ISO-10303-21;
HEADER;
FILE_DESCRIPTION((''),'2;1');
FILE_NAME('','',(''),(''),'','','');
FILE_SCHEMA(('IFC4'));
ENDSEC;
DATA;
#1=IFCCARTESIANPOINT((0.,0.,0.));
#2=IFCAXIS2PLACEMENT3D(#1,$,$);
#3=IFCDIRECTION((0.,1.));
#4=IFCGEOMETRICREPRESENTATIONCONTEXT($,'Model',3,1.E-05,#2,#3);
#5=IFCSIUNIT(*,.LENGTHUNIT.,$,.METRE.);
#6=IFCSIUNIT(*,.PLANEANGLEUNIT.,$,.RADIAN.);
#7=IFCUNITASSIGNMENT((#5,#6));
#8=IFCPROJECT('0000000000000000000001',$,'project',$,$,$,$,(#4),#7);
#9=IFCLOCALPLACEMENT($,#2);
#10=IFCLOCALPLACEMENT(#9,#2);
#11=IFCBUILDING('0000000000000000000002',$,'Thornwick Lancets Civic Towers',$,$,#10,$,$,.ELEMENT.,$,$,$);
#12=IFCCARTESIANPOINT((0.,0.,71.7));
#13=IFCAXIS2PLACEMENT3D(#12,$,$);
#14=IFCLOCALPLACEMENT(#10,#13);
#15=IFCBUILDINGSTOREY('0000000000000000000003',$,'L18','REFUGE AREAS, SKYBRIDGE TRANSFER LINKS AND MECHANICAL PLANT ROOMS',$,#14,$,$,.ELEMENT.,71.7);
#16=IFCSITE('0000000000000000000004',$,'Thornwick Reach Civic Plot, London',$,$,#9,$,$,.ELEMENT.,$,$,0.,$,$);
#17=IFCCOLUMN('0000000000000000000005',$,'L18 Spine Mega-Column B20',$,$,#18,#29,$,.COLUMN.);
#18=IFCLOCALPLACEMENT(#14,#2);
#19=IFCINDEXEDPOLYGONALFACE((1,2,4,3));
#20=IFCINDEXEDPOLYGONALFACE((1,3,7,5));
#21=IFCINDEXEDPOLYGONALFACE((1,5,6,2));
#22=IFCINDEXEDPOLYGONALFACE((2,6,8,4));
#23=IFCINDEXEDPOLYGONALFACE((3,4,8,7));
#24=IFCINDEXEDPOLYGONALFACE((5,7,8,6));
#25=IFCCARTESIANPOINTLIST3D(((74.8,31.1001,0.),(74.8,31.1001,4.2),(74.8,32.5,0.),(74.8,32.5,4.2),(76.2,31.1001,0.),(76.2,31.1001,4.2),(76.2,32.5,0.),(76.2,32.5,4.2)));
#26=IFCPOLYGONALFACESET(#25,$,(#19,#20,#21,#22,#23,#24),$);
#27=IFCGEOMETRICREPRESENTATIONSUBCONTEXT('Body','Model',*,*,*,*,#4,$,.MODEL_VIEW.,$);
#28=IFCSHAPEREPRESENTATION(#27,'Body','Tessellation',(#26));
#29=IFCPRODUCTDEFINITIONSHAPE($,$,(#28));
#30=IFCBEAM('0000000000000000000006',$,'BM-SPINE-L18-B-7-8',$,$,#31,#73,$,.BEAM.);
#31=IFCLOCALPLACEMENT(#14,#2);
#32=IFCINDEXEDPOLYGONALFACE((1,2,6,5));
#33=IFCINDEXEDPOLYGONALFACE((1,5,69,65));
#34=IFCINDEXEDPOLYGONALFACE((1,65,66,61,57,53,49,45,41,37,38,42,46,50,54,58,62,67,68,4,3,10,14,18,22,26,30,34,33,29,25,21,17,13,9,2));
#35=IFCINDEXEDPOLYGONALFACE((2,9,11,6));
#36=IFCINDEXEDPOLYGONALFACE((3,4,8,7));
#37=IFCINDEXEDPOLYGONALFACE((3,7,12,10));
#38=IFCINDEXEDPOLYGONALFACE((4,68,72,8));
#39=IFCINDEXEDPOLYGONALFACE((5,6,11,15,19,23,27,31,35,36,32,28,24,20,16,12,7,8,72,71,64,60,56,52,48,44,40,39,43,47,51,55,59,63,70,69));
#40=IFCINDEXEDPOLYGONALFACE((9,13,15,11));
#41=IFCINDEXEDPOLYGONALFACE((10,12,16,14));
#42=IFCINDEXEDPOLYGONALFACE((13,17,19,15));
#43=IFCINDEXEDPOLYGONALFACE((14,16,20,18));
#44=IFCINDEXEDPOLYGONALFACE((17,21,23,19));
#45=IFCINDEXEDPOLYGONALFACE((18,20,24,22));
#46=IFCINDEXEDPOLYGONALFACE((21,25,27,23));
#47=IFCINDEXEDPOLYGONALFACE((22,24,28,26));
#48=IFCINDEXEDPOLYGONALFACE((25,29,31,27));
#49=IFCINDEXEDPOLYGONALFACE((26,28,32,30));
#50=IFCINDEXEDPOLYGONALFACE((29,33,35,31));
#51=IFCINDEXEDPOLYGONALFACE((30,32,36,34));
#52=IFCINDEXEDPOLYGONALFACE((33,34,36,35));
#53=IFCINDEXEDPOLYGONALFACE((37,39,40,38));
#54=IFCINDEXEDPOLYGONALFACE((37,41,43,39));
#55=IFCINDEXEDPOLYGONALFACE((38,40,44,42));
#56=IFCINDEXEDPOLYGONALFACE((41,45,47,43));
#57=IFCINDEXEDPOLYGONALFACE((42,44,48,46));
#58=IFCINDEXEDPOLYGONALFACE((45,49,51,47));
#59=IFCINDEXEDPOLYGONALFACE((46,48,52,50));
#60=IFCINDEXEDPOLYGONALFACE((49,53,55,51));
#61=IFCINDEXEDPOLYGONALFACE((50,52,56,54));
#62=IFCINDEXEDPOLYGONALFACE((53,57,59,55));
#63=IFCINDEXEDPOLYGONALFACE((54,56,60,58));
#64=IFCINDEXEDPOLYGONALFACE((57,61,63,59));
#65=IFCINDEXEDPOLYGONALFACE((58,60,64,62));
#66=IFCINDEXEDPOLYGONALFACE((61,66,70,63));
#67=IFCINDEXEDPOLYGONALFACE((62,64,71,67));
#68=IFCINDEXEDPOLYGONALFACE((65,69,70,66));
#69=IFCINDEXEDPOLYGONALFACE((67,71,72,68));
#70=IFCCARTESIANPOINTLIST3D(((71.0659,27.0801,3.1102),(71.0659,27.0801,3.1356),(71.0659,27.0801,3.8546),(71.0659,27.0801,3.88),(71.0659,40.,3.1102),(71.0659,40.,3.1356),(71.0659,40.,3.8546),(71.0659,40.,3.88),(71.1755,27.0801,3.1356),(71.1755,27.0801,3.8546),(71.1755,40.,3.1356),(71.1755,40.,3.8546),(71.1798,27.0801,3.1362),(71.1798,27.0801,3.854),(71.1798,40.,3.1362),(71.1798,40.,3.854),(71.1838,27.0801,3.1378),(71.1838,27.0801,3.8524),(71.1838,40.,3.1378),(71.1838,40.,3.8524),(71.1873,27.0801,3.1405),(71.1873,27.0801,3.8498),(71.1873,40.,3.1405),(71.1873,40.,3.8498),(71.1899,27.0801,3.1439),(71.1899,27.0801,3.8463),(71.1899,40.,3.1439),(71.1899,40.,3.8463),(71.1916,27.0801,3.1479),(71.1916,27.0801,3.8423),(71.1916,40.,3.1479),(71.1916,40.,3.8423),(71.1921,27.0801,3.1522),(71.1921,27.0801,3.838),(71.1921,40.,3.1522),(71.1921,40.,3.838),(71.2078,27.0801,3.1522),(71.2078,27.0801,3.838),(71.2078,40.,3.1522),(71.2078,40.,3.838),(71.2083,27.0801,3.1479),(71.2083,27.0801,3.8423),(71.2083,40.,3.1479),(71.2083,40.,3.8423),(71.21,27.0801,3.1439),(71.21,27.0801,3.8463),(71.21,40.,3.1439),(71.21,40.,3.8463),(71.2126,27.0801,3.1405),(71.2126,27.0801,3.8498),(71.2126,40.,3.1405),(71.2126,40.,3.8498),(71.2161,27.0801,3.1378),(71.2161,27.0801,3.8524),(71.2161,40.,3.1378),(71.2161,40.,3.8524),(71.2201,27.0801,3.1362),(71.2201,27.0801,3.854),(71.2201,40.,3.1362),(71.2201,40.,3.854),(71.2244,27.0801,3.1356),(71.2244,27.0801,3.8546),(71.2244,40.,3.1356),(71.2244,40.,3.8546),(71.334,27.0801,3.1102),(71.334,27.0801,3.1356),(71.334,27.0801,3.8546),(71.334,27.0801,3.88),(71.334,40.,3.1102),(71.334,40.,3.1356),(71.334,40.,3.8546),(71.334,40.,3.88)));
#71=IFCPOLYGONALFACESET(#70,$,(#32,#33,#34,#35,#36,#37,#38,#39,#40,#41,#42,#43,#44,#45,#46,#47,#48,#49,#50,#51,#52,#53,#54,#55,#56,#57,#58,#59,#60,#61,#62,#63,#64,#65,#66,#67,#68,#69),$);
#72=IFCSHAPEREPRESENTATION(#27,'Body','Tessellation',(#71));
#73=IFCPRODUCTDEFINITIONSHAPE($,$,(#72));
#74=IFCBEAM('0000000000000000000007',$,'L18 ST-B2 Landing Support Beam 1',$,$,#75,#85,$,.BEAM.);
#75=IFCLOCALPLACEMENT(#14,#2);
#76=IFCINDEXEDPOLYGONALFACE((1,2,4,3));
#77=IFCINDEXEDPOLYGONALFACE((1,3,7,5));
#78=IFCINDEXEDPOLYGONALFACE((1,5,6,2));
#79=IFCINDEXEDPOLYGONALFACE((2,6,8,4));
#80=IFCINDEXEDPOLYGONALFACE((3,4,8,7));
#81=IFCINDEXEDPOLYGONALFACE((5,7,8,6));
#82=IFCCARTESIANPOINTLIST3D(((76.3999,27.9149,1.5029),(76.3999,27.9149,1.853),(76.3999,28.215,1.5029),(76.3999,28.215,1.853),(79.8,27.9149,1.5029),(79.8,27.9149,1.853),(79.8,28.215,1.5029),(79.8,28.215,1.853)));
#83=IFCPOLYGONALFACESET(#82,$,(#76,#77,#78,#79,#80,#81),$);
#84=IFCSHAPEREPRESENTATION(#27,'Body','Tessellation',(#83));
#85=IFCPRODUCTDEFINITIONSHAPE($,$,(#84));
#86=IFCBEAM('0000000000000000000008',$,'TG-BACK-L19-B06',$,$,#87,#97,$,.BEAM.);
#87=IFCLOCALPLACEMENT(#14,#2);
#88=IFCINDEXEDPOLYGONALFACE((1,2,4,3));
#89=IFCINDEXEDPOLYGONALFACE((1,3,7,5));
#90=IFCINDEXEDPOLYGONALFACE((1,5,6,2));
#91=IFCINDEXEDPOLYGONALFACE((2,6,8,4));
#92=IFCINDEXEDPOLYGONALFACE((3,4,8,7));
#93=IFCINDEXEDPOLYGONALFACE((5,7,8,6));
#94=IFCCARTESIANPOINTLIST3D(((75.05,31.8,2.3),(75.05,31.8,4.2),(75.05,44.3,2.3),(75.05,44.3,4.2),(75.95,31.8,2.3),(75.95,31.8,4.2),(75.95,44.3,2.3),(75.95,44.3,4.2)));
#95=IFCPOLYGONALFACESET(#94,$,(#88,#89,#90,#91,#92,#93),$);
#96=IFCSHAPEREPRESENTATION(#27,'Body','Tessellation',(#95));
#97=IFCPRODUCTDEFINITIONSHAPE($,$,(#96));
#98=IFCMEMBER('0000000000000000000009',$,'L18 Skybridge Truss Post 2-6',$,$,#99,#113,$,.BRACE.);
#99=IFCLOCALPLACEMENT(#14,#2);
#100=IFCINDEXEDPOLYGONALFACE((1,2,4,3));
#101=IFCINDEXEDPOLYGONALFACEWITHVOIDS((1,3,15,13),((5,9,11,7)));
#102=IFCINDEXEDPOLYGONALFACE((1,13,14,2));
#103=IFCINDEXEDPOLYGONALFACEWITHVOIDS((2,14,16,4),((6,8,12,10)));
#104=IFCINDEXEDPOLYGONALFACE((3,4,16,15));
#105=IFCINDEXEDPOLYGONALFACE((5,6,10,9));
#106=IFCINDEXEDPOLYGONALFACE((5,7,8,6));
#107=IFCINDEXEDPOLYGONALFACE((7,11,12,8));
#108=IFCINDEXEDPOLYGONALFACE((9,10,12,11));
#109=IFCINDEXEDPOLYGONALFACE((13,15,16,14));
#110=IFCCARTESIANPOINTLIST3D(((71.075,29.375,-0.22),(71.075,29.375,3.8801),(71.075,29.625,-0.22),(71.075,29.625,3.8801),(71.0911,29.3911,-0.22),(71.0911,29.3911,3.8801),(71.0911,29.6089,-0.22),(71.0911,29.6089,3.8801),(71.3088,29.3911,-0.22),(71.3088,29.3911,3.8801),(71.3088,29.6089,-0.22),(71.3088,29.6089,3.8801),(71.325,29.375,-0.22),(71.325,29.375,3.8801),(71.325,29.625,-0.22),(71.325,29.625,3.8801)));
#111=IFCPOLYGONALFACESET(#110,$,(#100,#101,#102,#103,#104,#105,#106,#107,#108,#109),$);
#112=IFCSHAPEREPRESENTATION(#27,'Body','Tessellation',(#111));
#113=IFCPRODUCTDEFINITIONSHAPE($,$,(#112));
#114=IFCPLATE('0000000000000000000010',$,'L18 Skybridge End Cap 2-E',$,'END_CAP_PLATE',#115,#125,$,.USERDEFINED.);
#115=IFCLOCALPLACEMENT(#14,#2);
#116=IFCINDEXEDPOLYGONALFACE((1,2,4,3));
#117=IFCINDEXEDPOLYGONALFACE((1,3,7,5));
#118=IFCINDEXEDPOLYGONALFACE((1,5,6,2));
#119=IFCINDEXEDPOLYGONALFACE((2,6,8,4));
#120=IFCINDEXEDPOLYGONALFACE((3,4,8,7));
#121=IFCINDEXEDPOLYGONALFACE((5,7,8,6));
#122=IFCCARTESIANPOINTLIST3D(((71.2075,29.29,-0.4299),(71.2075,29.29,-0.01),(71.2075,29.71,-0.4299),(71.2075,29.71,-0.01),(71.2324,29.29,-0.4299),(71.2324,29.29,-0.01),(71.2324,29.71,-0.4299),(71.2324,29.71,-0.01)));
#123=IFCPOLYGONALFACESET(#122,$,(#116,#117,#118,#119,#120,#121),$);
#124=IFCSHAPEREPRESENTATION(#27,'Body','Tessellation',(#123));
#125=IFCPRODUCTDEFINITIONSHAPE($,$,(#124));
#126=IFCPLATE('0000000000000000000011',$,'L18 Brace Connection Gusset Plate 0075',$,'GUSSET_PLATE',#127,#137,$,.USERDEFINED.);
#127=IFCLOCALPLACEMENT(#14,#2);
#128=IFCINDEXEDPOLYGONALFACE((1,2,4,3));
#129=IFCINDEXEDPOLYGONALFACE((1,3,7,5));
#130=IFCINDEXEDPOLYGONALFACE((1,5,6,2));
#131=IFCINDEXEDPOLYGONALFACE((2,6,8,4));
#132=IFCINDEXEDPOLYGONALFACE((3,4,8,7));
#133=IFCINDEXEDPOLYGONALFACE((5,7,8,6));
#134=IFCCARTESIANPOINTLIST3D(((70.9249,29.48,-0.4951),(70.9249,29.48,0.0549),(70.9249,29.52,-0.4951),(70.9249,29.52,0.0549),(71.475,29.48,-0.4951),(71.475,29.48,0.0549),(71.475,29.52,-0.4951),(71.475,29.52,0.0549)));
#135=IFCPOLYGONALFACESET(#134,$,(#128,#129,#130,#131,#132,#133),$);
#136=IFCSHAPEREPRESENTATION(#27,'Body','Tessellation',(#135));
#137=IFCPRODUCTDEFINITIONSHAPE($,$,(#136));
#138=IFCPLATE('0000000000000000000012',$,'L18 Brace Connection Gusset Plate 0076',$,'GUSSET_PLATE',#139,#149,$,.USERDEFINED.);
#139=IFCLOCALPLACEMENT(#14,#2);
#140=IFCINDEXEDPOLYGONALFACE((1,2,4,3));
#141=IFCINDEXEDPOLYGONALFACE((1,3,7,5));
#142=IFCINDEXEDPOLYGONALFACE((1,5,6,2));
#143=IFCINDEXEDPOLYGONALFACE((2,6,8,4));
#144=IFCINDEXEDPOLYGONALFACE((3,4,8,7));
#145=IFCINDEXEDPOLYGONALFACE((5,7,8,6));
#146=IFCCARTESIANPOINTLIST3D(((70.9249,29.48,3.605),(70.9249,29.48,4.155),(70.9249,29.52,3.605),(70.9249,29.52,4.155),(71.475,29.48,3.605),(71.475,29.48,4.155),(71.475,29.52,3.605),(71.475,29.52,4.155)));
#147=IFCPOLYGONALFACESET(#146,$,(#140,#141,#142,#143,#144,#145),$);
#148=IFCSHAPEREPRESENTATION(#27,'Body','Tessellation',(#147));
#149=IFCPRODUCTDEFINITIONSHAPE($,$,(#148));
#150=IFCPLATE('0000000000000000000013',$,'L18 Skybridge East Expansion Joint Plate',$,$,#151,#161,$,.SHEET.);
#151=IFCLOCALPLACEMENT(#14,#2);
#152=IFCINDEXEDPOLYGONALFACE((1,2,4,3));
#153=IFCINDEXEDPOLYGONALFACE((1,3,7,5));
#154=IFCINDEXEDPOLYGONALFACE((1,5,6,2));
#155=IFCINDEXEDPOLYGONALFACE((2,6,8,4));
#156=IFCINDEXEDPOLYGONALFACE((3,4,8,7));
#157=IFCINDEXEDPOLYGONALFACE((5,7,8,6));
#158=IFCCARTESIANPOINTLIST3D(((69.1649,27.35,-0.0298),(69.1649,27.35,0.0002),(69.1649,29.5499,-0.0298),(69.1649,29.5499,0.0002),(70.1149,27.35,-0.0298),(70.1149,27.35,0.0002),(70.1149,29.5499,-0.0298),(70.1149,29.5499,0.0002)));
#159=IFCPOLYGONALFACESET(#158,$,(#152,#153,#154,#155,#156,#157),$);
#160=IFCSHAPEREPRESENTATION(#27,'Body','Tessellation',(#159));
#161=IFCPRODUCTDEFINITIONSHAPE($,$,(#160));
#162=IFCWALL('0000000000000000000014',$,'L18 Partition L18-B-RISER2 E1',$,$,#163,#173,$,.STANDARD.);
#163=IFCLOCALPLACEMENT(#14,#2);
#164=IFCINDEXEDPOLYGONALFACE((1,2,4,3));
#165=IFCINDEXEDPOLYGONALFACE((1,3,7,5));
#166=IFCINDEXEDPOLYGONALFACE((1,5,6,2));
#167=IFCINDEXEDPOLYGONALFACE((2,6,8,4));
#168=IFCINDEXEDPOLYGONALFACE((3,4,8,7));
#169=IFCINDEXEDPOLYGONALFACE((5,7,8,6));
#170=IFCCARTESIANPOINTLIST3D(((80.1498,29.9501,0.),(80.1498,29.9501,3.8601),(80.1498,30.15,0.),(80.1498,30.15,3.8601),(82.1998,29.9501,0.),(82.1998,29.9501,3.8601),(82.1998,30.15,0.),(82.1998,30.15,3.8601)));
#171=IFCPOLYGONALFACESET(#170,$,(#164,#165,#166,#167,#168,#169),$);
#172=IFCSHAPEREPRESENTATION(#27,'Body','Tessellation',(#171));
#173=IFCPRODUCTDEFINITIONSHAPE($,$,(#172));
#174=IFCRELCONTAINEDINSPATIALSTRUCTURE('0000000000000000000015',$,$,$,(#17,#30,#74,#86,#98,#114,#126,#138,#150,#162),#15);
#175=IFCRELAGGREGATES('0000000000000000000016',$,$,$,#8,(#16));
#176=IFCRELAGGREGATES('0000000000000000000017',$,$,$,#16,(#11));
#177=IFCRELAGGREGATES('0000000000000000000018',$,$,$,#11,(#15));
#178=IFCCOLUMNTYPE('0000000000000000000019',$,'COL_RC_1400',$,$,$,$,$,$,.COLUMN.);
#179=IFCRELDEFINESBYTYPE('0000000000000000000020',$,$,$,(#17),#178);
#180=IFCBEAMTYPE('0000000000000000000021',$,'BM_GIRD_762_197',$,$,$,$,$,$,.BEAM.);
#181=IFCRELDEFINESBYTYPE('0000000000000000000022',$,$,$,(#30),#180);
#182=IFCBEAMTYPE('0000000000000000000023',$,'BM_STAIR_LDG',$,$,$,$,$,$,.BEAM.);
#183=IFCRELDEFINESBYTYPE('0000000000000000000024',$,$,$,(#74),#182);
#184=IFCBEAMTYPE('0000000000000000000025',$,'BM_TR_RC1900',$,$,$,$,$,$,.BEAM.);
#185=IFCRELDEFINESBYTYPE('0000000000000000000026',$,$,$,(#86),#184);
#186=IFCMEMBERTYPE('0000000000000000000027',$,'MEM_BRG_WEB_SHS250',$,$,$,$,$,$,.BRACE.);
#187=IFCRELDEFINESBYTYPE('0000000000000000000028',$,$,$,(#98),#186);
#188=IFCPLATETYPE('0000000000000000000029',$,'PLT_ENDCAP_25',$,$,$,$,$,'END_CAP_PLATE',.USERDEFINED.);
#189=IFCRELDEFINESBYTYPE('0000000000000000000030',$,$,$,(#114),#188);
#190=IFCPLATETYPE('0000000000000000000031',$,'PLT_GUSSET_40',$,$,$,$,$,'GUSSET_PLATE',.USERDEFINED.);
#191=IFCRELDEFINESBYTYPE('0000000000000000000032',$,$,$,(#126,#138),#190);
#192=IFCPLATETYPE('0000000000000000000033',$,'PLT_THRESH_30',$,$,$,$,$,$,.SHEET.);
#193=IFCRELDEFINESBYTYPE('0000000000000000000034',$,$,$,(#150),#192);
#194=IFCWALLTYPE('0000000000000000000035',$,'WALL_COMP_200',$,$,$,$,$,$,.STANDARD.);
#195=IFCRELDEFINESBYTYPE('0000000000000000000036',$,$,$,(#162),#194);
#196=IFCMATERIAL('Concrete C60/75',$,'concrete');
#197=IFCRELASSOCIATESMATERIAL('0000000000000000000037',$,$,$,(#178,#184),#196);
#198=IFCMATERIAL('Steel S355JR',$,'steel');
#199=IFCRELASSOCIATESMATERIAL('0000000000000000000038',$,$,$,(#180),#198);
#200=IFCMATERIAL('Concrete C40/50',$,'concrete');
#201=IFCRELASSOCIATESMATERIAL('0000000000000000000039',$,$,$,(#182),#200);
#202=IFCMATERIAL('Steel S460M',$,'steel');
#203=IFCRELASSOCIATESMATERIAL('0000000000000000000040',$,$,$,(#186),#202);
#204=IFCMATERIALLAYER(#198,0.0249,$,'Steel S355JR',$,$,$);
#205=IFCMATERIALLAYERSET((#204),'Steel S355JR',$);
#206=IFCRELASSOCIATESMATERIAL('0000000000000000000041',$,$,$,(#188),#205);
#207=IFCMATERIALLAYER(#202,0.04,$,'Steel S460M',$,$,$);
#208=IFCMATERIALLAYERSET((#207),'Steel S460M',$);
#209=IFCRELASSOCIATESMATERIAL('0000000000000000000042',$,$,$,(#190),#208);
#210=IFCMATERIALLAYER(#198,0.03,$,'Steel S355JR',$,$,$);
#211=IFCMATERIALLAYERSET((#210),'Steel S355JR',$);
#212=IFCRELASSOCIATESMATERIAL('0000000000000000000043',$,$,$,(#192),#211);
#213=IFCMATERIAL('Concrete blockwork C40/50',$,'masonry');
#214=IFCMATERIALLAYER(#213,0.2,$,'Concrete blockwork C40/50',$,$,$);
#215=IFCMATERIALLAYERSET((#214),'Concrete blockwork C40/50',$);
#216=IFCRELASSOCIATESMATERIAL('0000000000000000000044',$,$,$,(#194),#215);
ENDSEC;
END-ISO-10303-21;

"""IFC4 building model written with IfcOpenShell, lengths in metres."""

from ifc_helpers import new_model, si_unit, direction, frame, frame_2d, origin, origin_2d, place, context, subcontext, project, spatial, rectangle, hollow_rectangle, i_section, extrude, material, layer, layer_set, material_profile, profile_set, type_object, element, save


model = new_model("IFC4")

# Units and contexts
model_context = context("Model", 3, precision=1e-05, world=origin(), true_north=direction((0.0, 1.0)))
body_context = subcontext(model_context, "Body", "Model", "MODEL_VIEW")
ifc_project = project(units=[si_unit("LENGTHUNIT", "METRE"), si_unit("PLANEANGLEUNIT", "RADIAN")], contexts=[model_context])

# Site, building, storey
site_placement = place(None, origin())
site = spatial("IfcSite", under=ifc_project, at=site_placement, Name="Thornwick Reach Civic Plot, London", CompositionType="ELEMENT", RefElevation=0.0)
building_placement = place(site_placement, origin())
building = spatial("IfcBuilding", under=site, at=building_placement, Name="Thornwick Lancets Civic Towers", CompositionType="ELEMENT")
storey_placement = place(building_placement, frame((0.0, 0.0, 71.7)))
storey = spatial("IfcBuildingStorey", under=building, at=storey_placement, Name="L18", Description="REFUGE AREAS, SKYBRIDGE TRANSFER LINKS AND MECHANICAL PLANT ROOMS", CompositionType="ELEMENT", Elevation=71.7)

# Column
ifc_material_1 = material(Name="Concrete C60/75", Category="concrete")
ifc_material_profile_1 = material_profile(ifc_material_1, rectangle(XDim=1.3999, YDim=1.3999, at=origin_2d()), Name="RC 1400x1400")
ifc_profile_set_1 = profile_set([ifc_material_profile_1], Name="Concrete C60/75")
column_type = type_object("IfcColumnType", Name="COL_RC_1400", PredefinedType="COLUMN", material=ifc_profile_set_1)
column_placement = place(storey_placement, frame((75.5, 31.8, 0.0), z_axis=(0.0, 0.0, 1.0), x_axis=(1.0, 0.0, 0.0)))
element("IfcColumn", 1, at=column_placement, inside=storey, type_object=column_type, Name="L18 Spine Mega-Column B20", PredefinedType="COLUMN", context=body_context, shape_type="SweptSolid", body=[
    extrude(rectangle(XDim=1.3999, YDim=1.3999, at=origin_2d()), origin(), (0.0, 0.0, 1.0), 4.2),
])

# Beams
ifc_material_2 = material(Name="Steel S355JR", Category="steel")
ifc_material_profile_2 = material_profile(ifc_material_2, i_section(OverallWidth=0.2681, OverallDepth=0.7698, WebThickness=0.0156, FlangeThickness=0.0254, FilletRadius=0.0166, at=origin_2d()), Name="UKB 762x267x197")
ifc_profile_set_2 = profile_set([ifc_material_profile_2], Name="Steel S355JR")
beam_type_1 = type_object("IfcBeamType", Name="BM_GIRD_762_197", PredefinedType="BEAM", material=ifc_profile_set_2)
beam_1_placement = place(storey_placement, frame((71.2, 27.0801, 3.4951), z_axis=(0.0, 1.0, 0.0), x_axis=(-1.0, 0.0, 0.0)))
element("IfcBeam", 2, at=beam_1_placement, inside=storey, type_object=beam_type_1, Name="BM-SPINE-L18-B-7-8", PredefinedType="BEAM", context=body_context, shape_type="SweptSolid", body=[
    extrude(i_section(OverallWidth=0.2681, OverallDepth=0.7698, WebThickness=0.0156, FlangeThickness=0.0254, FilletRadius=0.0166, at=origin_2d()), origin(), (0.0, 0.0, 1.0), 12.9199),
])
ifc_material_3 = material(Name="Concrete C40/50", Category="concrete")
ifc_material_profile_3 = material_profile(ifc_material_3, rectangle(XDim=0.3, YDim=0.3501, at=origin_2d()), Name="RC 300x350")
ifc_profile_set_3 = profile_set([ifc_material_profile_3], Name="Concrete C40/50")
beam_type_2 = type_object("IfcBeamType", Name="BM_STAIR_LDG", PredefinedType="BEAM", material=ifc_profile_set_3)
beam_2_placement = place(storey_placement, frame((76.3999, 28.0649, 1.678), z_axis=(1.0, 0.0, 0.0), x_axis=(0.0, 1.0, 0.0)))
element("IfcBeam", 3, at=beam_2_placement, inside=storey, type_object=beam_type_2, Name="L18 ST-B2 Landing Support Beam 1", PredefinedType="BEAM", context=body_context, shape_type="SweptSolid", body=[
    extrude(rectangle(XDim=0.3, YDim=0.3501, at=origin_2d()), origin(), (0.0, 0.0, 1.0), 3.4001),
])
ifc_material_profile_4 = material_profile(ifc_material_1, rectangle(XDim=0.8999, YDim=1.8999, at=origin_2d()), Name="RC 900x1900")
ifc_profile_set_4 = profile_set([ifc_material_profile_4], Name="Concrete C60/75")
beam_type_3 = type_object("IfcBeamType", Name="BM_TR_RC1900", PredefinedType="BEAM", material=ifc_profile_set_4)
beam_3_placement = place(storey_placement, frame((75.5, 31.8, 3.25), z_axis=(0.0, 1.0, 0.0), x_axis=(-1.0, 0.0, 0.0)))
element("IfcBeam", 4, at=beam_3_placement, inside=storey, type_object=beam_type_3, Name="TG-BACK-L19-B06", PredefinedType="BEAM", context=body_context, shape_type="SweptSolid", body=[
    extrude(rectangle(XDim=0.8999, YDim=1.8999, at=origin_2d()), origin(), (0.0, 0.0, 1.0), 12.5),
])

# Member
ifc_material_4 = material(Name="Steel S460M", Category="steel")
ifc_material_profile_5 = material_profile(ifc_material_4, hollow_rectangle(XDim=0.25, YDim=0.25, WallThickness=0.0161, at=origin_2d()), Name="SHS 250x250x16")
ifc_profile_set_5 = profile_set([ifc_material_profile_5], Name="Steel S460M")
member_type = type_object("IfcMemberType", Name="MEM_BRG_WEB_SHS250", PredefinedType="BRACE", material=ifc_profile_set_5)
member_placement = place(storey_placement, frame((71.2, 29.5, -0.22), z_axis=(0.0, 0.0, 1.0), x_axis=(1.0, 0.0, 0.0)))
element("IfcMember", 5, at=member_placement, inside=storey, type_object=member_type, Name="L18 Skybridge Truss Post 2-6", PredefinedType="BRACE", context=body_context, shape_type="SweptSolid", body=[
    extrude(hollow_rectangle(XDim=0.25, YDim=0.25, WallThickness=0.0161, at=origin_2d()), origin(), (0.0, 0.0, 1.0), 4.1001),
])

# Plates
ifc_layer_1 = layer(ifc_material_2, 0.0249, Name="Steel S355JR")
ifc_layer_set_1 = layer_set([ifc_layer_1], Name="Steel S355JR")
plate_type_1 = type_object("IfcPlateType", Name="PLT_ENDCAP_25", ElementType="END_CAP_PLATE", PredefinedType="USERDEFINED", material=ifc_layer_set_1)
plate_1_placement = place(storey_placement, frame((71.22, 29.5, -0.4299), z_axis=(0.0, 0.0, 1.0), x_axis=(1.0, 0.0, 0.0)))
element("IfcPlate", 6, at=plate_1_placement, inside=storey, type_object=plate_type_1, Name="L18 Skybridge End Cap 2-E", ObjectType="END_CAP_PLATE", PredefinedType="USERDEFINED", context=body_context, shape_type="SweptSolid", body=[
    extrude(rectangle(XDim=0.0249, YDim=0.4199, at=origin_2d()), origin(), (0.0, 0.0, 1.0), 0.4199),
])
ifc_layer_2 = layer(ifc_material_4, 0.04, Name="Steel S460M")
ifc_layer_set_2 = layer_set([ifc_layer_2], Name="Steel S460M")
plate_type_2 = type_object("IfcPlateType", Name="PLT_GUSSET_40", ElementType="GUSSET_PLATE", PredefinedType="USERDEFINED", material=ifc_layer_set_2)
for number, where, z_axis, x_axis, name in (
    (7, (71.2, 29.5, -0.4951), (0.0, 0.0, 1.0), (1.0, 0.0, 0.0), "L18 Brace Connection Gusset Plate 0075"),
    (8, (71.2, 29.5, 3.605), (0.0, 0.0, 1.0), (1.0, 0.0, 0.0), "L18 Brace Connection Gusset Plate 0076"),
):
    element("IfcPlate", number, at=place(storey_placement, frame(where, z_axis=z_axis, x_axis=x_axis)), inside=storey, type_object=plate_type_2, Name=name, ObjectType="GUSSET_PLATE", PredefinedType="USERDEFINED", context=body_context, shape_type="SweptSolid", body=[
        extrude(rectangle(XDim=0.55, YDim=0.04, at=origin_2d()), origin(), (0.0, 0.0, 1.0), 0.55),
    ])
ifc_layer_3 = layer(ifc_material_2, 0.03, Name="Steel S355JR")
ifc_layer_set_3 = layer_set([ifc_layer_3], Name="Steel S355JR")
plate_type_3 = type_object("IfcPlateType", Name="PLT_THRESH_30", PredefinedType="SHEET", material=ifc_layer_set_3)
plate_2_placement = place(storey_placement, frame((69.6399, 28.45, -0.0298), z_axis=(0.0, 0.0, 1.0), x_axis=(1.0, 0.0, 0.0)))
element("IfcPlate", 9, at=plate_2_placement, inside=storey, type_object=plate_type_3, Name="L18 Skybridge East Expansion Joint Plate", PredefinedType="SHEET", context=body_context, shape_type="SweptSolid", body=[
    extrude(rectangle(XDim=0.95, YDim=2.2, at=origin_2d()), origin(), (0.0, 0.0, 1.0), 0.03),
])

# Wall
ifc_material_5 = material(Name="Concrete blockwork C40/50", Category="masonry")
ifc_layer_4 = layer(ifc_material_5, 0.2, Name="Concrete blockwork C40/50")
ifc_layer_set_4 = layer_set([ifc_layer_4], Name="Concrete blockwork C40/50")
wall_type_1 = type_object("IfcWallType", Name="WALL_COMP_200", PredefinedType="STANDARD", material=ifc_layer_set_4)
wall_1_placement = place(storey_placement, frame((80.1499, 30.05, 0.0), z_axis=(0.0, 0.0, 1.0), x_axis=(1.0, 0.0, 0.0)))
element("IfcWall", 10, at=wall_1_placement, inside=storey, type_object=wall_type_1, Name="L18 Partition L18-B-RISER2 E1", PredefinedType="STANDARD", context=body_context, shape_type="SweptSolid", body=[
    extrude(rectangle(XDim=2.05, YDim=0.2, at=frame_2d((1.0249, 0.0))), origin(), (0.0, 0.0, 1.0), 3.8601),
])

save(model, "model.ifc")
